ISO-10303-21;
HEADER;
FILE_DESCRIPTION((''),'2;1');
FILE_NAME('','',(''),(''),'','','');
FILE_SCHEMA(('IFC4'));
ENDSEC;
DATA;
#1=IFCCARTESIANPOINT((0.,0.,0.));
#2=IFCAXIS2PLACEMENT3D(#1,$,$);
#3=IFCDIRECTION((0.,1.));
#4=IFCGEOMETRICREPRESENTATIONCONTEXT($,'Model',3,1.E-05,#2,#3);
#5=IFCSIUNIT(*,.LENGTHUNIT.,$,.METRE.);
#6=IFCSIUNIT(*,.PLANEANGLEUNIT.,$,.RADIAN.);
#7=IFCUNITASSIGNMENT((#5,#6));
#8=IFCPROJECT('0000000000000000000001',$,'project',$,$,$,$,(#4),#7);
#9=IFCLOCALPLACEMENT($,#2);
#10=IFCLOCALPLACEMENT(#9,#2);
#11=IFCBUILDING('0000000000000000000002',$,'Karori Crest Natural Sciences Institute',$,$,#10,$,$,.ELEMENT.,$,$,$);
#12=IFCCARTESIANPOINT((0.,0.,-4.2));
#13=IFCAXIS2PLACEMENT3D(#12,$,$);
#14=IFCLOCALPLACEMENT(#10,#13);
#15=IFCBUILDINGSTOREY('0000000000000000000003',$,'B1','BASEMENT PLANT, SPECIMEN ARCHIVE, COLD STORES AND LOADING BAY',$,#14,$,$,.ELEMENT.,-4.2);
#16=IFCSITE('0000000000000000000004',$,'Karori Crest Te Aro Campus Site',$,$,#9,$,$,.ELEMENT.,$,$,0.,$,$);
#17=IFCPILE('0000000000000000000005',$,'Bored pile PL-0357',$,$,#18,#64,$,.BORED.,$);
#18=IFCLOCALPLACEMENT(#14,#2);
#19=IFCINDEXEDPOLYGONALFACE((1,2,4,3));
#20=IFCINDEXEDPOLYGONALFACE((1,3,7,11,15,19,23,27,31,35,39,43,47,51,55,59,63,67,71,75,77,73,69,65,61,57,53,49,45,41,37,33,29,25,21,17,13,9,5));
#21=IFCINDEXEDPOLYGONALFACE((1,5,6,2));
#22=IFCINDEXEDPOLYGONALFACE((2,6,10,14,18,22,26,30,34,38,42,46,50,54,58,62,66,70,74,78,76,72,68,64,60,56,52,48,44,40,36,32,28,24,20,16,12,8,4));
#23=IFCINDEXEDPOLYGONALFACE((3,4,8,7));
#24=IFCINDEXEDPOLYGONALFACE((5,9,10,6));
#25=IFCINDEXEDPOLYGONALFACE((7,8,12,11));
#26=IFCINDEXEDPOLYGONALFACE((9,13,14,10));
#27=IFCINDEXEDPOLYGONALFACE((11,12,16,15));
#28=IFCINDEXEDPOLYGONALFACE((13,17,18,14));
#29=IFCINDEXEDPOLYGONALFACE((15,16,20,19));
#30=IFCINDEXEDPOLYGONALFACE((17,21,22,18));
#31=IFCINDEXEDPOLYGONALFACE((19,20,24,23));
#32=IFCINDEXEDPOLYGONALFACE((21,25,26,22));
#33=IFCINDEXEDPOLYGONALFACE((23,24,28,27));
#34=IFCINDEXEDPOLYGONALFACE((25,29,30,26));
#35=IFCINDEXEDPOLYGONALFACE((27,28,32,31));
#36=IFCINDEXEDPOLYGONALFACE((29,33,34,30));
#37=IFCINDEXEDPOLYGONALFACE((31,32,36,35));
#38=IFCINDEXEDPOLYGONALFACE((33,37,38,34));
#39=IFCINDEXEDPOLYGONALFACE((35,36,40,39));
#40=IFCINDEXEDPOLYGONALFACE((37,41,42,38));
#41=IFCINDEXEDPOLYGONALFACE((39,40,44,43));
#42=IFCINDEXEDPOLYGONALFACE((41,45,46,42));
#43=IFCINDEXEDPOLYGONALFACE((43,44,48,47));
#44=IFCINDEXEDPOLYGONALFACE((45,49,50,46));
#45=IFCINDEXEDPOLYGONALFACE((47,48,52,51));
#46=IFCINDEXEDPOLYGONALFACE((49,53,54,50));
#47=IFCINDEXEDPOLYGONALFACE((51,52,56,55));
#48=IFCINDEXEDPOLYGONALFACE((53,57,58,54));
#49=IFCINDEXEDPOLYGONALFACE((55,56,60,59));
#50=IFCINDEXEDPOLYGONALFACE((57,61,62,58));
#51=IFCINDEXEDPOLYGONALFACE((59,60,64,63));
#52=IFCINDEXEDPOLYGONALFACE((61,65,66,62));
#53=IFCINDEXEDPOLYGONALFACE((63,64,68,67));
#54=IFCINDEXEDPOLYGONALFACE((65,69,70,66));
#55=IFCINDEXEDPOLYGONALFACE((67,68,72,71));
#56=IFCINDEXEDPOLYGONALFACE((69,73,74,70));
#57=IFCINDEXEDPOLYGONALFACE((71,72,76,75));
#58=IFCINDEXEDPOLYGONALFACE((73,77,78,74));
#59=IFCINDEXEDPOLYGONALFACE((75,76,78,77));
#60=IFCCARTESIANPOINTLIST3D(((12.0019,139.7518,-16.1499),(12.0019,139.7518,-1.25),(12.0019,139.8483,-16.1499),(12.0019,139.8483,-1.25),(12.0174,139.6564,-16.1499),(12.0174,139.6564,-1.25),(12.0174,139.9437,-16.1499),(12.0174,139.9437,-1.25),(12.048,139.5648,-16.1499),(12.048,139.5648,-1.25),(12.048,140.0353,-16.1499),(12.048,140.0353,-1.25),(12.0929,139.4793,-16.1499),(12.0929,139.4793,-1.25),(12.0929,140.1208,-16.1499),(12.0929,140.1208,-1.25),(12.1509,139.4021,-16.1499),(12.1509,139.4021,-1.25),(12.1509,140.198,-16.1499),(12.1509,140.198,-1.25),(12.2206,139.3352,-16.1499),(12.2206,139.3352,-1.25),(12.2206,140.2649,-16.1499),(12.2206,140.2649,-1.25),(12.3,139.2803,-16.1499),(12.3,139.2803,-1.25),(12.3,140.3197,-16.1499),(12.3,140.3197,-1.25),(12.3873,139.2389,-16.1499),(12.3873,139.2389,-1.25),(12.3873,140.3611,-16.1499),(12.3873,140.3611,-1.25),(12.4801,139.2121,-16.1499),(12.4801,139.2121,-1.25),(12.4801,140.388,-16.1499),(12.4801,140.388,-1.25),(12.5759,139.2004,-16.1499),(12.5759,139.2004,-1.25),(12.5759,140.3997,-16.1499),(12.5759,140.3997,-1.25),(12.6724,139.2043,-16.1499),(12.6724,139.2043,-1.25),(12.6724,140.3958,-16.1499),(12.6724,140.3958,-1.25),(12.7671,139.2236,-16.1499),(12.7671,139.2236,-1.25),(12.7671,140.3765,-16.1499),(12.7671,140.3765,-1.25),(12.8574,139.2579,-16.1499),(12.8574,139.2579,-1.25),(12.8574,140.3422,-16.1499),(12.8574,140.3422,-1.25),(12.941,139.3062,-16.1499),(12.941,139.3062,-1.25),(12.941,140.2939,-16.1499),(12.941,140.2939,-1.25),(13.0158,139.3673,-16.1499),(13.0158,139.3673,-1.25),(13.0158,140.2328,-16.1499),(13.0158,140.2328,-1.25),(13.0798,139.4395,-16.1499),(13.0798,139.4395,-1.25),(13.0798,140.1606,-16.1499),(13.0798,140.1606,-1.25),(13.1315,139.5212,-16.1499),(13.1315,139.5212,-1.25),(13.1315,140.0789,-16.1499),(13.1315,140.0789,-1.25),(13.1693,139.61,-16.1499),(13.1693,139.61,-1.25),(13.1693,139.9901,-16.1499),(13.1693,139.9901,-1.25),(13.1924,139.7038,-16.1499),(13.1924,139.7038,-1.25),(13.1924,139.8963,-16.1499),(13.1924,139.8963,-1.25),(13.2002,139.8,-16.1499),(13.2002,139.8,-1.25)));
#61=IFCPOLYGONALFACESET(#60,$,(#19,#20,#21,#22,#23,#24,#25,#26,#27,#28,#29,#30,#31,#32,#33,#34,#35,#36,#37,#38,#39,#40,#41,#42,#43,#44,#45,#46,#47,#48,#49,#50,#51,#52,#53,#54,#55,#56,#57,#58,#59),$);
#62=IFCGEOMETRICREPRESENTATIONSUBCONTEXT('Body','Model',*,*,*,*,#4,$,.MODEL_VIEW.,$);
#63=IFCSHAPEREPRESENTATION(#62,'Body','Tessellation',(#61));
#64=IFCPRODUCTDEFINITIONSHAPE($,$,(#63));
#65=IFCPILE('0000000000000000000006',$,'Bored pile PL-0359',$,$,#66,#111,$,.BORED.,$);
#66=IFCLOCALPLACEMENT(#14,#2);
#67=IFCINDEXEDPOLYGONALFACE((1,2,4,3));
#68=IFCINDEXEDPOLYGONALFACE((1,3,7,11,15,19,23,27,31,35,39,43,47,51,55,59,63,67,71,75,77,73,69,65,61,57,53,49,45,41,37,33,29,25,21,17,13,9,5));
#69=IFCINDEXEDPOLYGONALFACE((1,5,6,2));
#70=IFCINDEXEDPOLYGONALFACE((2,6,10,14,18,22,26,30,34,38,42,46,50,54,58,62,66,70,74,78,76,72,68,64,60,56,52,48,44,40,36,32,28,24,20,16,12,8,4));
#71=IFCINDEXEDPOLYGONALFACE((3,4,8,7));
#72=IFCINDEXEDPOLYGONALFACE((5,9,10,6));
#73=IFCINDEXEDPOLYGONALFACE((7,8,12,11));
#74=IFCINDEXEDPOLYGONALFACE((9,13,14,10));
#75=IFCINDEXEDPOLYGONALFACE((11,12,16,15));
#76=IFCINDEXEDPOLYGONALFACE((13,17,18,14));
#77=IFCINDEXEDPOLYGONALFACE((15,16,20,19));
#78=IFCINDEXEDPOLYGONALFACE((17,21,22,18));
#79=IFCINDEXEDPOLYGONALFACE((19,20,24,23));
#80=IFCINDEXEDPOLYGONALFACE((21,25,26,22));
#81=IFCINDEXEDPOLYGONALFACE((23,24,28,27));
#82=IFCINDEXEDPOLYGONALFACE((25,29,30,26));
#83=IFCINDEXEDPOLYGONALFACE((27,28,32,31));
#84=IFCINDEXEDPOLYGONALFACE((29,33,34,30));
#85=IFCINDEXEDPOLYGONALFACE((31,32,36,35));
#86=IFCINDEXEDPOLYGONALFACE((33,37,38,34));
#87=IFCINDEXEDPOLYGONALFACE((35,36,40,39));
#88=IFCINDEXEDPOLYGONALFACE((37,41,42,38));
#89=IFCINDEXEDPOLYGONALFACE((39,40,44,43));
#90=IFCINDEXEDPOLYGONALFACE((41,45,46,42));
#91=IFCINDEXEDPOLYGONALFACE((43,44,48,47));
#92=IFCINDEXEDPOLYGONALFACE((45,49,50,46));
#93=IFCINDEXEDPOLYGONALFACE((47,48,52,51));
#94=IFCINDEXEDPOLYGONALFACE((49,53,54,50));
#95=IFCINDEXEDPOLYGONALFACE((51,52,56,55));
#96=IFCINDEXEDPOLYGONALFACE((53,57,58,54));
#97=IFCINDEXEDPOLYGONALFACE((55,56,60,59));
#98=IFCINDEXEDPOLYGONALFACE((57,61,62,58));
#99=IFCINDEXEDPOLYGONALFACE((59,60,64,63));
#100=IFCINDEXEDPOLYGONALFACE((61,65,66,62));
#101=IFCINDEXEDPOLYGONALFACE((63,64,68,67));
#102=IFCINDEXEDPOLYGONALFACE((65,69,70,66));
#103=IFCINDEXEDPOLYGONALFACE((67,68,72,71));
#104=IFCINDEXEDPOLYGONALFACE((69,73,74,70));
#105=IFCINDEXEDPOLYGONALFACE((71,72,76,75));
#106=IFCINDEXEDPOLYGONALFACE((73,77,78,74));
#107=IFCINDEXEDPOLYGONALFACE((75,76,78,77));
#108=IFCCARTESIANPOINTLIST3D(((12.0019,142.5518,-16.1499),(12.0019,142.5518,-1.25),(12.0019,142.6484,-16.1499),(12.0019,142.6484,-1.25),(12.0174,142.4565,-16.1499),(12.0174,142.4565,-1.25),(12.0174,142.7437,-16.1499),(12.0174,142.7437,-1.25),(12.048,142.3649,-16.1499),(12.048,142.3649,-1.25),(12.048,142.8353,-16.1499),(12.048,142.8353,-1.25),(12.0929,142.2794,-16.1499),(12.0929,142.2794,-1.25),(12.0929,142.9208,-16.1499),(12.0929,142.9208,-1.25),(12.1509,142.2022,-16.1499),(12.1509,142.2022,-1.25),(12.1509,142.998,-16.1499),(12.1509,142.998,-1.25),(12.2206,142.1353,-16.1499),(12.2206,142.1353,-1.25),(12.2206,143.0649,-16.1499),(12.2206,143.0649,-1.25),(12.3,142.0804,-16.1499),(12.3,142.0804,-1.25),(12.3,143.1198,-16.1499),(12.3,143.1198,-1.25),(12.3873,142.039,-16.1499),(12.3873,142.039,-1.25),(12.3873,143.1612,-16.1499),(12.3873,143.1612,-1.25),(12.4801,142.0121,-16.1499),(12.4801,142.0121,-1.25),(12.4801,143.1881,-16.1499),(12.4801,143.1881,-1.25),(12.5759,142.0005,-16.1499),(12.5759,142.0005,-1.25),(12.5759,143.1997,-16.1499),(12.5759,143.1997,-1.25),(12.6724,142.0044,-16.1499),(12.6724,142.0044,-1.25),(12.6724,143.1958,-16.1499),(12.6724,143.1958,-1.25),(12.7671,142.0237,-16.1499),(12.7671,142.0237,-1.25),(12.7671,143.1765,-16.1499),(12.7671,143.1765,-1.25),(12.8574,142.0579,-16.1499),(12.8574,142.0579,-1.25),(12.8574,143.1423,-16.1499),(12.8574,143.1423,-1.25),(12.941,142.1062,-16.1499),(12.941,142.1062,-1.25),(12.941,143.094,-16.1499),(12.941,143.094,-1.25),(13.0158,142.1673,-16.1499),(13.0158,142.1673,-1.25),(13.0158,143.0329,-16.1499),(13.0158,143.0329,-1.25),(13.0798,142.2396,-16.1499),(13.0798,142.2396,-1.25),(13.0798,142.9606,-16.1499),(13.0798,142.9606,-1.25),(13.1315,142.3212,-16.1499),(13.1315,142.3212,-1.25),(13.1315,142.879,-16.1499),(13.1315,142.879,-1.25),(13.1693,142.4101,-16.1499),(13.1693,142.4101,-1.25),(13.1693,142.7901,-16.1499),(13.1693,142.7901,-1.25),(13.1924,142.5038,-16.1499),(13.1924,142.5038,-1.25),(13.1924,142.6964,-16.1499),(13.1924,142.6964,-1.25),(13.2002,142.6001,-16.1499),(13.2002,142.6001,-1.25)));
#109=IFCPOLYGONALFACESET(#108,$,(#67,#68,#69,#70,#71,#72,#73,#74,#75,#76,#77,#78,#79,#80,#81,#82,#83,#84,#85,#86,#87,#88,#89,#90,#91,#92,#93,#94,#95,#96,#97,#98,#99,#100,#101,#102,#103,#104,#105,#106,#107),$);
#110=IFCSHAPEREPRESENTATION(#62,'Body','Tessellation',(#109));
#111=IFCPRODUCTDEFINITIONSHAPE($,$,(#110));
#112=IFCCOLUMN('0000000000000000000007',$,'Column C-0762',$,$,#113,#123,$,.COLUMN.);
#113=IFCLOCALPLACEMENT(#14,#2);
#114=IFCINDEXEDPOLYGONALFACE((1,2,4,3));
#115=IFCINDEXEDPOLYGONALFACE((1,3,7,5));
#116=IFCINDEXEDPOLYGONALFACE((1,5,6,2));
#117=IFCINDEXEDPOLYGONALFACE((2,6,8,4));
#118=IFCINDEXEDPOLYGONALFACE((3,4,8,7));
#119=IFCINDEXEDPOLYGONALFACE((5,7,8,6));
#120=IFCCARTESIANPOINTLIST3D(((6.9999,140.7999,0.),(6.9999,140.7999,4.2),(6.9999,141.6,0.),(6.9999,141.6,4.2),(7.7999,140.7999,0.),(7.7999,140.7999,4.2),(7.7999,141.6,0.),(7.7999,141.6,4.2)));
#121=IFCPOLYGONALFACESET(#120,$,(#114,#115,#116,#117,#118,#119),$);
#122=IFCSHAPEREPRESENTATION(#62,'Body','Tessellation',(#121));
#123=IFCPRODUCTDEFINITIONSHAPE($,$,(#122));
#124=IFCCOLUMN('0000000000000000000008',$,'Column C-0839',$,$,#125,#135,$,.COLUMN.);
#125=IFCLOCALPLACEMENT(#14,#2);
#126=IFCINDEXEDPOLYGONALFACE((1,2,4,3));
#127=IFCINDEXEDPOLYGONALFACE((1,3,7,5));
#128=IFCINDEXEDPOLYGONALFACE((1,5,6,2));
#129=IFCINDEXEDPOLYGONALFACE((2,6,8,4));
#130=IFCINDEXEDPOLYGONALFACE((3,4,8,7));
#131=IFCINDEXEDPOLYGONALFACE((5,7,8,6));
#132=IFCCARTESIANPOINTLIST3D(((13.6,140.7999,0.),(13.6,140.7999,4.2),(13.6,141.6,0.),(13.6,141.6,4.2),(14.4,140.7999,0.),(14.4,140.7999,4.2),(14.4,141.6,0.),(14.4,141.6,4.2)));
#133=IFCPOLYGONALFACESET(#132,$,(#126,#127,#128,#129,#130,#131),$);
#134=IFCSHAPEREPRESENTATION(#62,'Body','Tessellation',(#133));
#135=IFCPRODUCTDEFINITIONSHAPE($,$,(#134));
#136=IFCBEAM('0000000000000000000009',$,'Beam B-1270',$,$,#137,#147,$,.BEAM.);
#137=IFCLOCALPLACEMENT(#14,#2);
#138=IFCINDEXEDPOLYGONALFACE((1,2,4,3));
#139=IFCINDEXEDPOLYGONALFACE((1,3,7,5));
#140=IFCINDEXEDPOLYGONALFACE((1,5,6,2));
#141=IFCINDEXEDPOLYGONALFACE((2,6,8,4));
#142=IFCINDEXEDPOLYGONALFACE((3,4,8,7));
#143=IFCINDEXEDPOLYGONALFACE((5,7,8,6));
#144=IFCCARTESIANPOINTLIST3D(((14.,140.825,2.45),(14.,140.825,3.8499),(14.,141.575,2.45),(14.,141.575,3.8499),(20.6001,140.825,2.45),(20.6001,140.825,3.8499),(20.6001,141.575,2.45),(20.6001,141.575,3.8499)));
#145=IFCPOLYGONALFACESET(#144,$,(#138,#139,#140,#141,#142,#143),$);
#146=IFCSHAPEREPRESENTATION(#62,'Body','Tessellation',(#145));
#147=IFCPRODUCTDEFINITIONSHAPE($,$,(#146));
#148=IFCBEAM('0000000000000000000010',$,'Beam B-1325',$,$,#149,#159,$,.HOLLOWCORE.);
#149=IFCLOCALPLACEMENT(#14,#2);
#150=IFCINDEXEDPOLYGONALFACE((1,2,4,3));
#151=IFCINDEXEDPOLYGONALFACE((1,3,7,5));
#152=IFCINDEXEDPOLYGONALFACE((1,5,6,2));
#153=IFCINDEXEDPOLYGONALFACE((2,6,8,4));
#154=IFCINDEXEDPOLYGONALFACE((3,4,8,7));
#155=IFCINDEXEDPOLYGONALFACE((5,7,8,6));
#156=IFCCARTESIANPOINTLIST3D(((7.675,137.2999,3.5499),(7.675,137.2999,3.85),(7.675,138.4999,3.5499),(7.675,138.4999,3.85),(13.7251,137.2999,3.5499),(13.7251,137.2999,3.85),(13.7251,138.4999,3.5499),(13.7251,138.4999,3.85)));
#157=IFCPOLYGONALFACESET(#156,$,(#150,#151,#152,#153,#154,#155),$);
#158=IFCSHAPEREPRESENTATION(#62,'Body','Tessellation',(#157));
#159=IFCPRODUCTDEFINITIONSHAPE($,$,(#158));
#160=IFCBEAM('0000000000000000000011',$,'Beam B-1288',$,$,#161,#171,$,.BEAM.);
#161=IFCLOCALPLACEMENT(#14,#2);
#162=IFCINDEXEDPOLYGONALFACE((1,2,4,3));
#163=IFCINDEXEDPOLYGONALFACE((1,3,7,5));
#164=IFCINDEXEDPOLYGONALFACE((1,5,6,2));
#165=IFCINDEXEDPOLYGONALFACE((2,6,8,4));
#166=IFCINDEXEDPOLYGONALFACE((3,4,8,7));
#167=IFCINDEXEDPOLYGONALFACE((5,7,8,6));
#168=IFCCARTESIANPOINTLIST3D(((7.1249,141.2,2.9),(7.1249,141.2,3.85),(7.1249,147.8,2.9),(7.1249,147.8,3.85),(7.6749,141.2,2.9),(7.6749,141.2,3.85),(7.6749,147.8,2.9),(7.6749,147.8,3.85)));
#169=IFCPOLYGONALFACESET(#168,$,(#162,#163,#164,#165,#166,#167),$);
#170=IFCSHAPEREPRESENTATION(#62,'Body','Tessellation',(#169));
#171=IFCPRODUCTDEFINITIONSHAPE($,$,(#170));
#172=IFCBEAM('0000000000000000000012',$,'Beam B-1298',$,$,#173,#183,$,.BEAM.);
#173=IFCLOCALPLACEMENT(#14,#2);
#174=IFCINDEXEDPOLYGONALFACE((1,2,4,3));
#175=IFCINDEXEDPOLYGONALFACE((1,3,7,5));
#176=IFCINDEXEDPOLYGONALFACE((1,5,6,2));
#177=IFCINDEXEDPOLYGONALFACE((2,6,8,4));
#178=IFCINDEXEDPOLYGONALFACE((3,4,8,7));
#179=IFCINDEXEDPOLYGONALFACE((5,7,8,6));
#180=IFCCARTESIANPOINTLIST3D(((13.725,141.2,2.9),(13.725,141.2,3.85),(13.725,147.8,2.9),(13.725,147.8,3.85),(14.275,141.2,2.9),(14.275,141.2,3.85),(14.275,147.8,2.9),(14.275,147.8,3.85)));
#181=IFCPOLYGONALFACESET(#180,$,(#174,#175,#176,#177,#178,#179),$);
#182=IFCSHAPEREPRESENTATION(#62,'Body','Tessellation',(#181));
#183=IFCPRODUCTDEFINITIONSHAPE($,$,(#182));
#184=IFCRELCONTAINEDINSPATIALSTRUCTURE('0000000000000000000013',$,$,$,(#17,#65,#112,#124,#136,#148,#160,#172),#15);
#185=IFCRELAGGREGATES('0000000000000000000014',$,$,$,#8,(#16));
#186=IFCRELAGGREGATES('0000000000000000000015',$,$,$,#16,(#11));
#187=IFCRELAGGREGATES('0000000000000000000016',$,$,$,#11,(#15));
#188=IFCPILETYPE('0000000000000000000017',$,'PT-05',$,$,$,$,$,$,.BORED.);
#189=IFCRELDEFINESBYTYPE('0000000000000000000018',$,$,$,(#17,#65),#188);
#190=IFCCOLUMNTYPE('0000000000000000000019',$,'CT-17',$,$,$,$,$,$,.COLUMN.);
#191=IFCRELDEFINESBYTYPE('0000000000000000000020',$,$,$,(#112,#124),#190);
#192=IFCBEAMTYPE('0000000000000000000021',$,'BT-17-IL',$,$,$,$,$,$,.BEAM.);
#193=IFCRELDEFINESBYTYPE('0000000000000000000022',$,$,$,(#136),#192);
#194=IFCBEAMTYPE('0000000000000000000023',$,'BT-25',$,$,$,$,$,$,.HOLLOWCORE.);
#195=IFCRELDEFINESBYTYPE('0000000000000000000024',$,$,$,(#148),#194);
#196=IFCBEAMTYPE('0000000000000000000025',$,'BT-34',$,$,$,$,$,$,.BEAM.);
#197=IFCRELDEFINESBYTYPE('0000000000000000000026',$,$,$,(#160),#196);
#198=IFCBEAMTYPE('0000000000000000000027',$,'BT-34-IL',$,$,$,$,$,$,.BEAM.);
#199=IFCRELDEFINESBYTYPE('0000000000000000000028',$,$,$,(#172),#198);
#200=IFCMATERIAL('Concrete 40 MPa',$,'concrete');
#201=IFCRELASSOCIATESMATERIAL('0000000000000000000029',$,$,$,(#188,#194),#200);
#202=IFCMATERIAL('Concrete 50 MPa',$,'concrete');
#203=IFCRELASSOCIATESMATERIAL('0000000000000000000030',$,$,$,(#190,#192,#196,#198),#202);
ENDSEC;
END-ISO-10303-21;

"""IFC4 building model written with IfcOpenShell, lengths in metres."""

from ifc_helpers import new_model, si_unit, direction, frame, origin, origin_2d, place, context, subcontext, project, spatial, rectangle, circle, extrude, material, material_profile, profile_set, type_object, element, save


model = new_model("IFC4")

# Units and contexts
model_context = context("Model", 3, precision=1e-05, world=origin(), true_north=direction((0.0, 1.0)))
body_context = subcontext(model_context, "Body", "Model", "MODEL_VIEW")
ifc_project = project(units=[si_unit("LENGTHUNIT", "METRE"), si_unit("PLANEANGLEUNIT", "RADIAN")], contexts=[model_context])

# Site, building, storey
site_placement = place(None, origin())
site = spatial("IfcSite", under=ifc_project, at=site_placement, Name="Karori Crest Te Aro Campus Site", CompositionType="ELEMENT", RefElevation=0.0)
building_placement = place(site_placement, origin())
building = spatial("IfcBuilding", under=site, at=building_placement, Name="Karori Crest Natural Sciences Institute", CompositionType="ELEMENT")
storey_placement = place(building_placement, frame((0.0, 0.0, -4.2)))
storey = spatial("IfcBuildingStorey", under=building, at=storey_placement, Name="B1", Description="BASEMENT PLANT, SPECIMEN ARCHIVE, COLD STORES AND LOADING BAY", CompositionType="ELEMENT", Elevation=-4.2)

# Shared definitions
ifc_material_1 = material(Name="Concrete 40 MPa", Category="concrete")

# Piles
ifc_material_profile_1 = material_profile(ifc_material_1, circle(Radius=0.6001, at=origin_2d()), Name="PILE1200")
ifc_profile_set_1 = profile_set([ifc_material_profile_1], Name="Concrete 40 MPa")
pile_type = type_object("IfcPileType", Name="PT-05", PredefinedType="BORED", material=ifc_profile_set_1)
for number, where, z_axis, x_axis, name in (
    (1, (12.6001, 139.8, -1.25), (0.0, 0.0, -1.0), (1.0, 0.0, 0.0), "Bored pile PL-0357"),
    (2, (12.6001, 142.6001, -1.25), (0.0, 0.0, -1.0), (1.0, 0.0, 0.0), "Bored pile PL-0359"),
):
    element("IfcPile", number, at=place(storey_placement, frame(where, z_axis=z_axis, x_axis=x_axis)), inside=storey, type_object=pile_type, Name=name, PredefinedType="BORED", context=body_context, shape_type="SweptSolid", body=[
        extrude(circle(Radius=0.6001, at=origin_2d()), origin(), (0.0, 0.0, 1.0), 14.8999),
    ])

# Columns
ifc_material_2 = material(Name="Concrete 50 MPa", Category="concrete")
ifc_material_profile_2 = material_profile(ifc_material_2, rectangle(XDim=0.8, YDim=0.8, at=origin_2d()), Name="RC800x800")
ifc_profile_set_2 = profile_set([ifc_material_profile_2], Name="Concrete 50 MPa")
column_type = type_object("IfcColumnType", Name="CT-17", PredefinedType="COLUMN", material=ifc_profile_set_2)
for number, where, z_axis, x_axis, name in (
    (3, (7.3999, 141.2, 0.0), (0.0, 0.0, 1.0), (1.0, 0.0, 0.0), "Column C-0762"),
    (4, (14.0, 141.2, 0.0), (0.0, 0.0, 1.0), (1.0, 0.0, 0.0), "Column C-0839"),
):
    element("IfcColumn", number, at=place(storey_placement, frame(where, z_axis=z_axis, x_axis=x_axis)), inside=storey, type_object=column_type, Name=name, PredefinedType="COLUMN", context=body_context, shape_type="SweptSolid", body=[
        extrude(rectangle(XDim=0.8, YDim=0.8, at=origin_2d()), origin(), (0.0, 0.0, 1.0), 4.2),
    ])

# Beams
ifc_material_profile_3 = material_profile(ifc_material_2, rectangle(XDim=0.75, YDim=1.3999, at=origin_2d()), Name="RCB750x1400")
ifc_profile_set_3 = profile_set([ifc_material_profile_3], Name="Concrete 50 MPa")
beam_type_1 = type_object("IfcBeamType", Name="BT-17-IL", PredefinedType="BEAM", material=ifc_profile_set_3)
beam_1_placement = place(storey_placement, frame((14.0, 141.2, 3.1499), z_axis=(1.0, 0.0, 0.0), x_axis=(0.0, 1.0, 0.0)))
element("IfcBeam", 5, at=beam_1_placement, inside=storey, type_object=beam_type_1, Name="Beam B-1270", PredefinedType="BEAM", context=body_context, shape_type="SweptSolid", body=[
    extrude(rectangle(XDim=0.75, YDim=1.3999, at=origin_2d()), origin(), (0.0, 0.0, 1.0), 6.6001),
])
ifc_material_profile_4 = material_profile(ifc_material_1, rectangle(XDim=1.2, YDim=0.3, at=origin_2d()), Name="HCP1200x300")
ifc_profile_set_4 = profile_set([ifc_material_profile_4], Name="Concrete 40 MPa")
beam_type_2 = type_object("IfcBeamType", Name="BT-25", PredefinedType="HOLLOWCORE", material=ifc_profile_set_4)
beam_2_placement = place(storey_placement, frame((7.675, 137.8999, 3.7), z_axis=(1.0, 0.0, 0.0), x_axis=(0.0, 1.0, 0.0)))
element("IfcBeam", 6, at=beam_2_placement, inside=storey, type_object=beam_type_2, Name="Beam B-1325", PredefinedType="HOLLOWCORE", context=body_context, shape_type="SweptSolid", body=[
    extrude(rectangle(XDim=1.2, YDim=0.3, at=origin_2d()), origin(), (0.0, 0.0, 1.0), 6.05),
])
ifc_material_profile_5 = material_profile(ifc_material_2, rectangle(XDim=0.55, YDim=0.95, at=origin_2d()), Name="RCB550x950")
ifc_profile_set_5 = profile_set([ifc_material_profile_5], Name="Concrete 50 MPa")
beam_type_3 = type_object("IfcBeamType", Name="BT-34", PredefinedType="BEAM", material=ifc_profile_set_5)
beam_3_placement = place(storey_placement, frame((7.3999, 141.2, 3.375), z_axis=(0.0, 1.0, 0.0), x_axis=(-1.0, 0.0, 0.0)))
element("IfcBeam", 7, at=beam_3_placement, inside=storey, type_object=beam_type_3, Name="Beam B-1288", PredefinedType="BEAM", context=body_context, shape_type="SweptSolid", body=[
    extrude(rectangle(XDim=0.55, YDim=0.95, at=origin_2d()), origin(), (0.0, 0.0, 1.0), 6.6001),
])
ifc_material_profile_6 = material_profile(ifc_material_2, rectangle(XDim=0.55, YDim=0.95, at=origin_2d()), Name="RCB550x950")
ifc_profile_set_6 = profile_set([ifc_material_profile_6], Name="Concrete 50 MPa")
beam_type_4 = type_object("IfcBeamType", Name="BT-34-IL", PredefinedType="BEAM", material=ifc_profile_set_6)
beam_4_placement = place(storey_placement, frame((14.0, 141.2, 3.375), z_axis=(0.0, 1.0, 0.0), x_axis=(-1.0, 0.0, 0.0)))
element("IfcBeam", 8, at=beam_4_placement, inside=storey, type_object=beam_type_4, Name="Beam B-1298", PredefinedType="BEAM", context=body_context, shape_type="SweptSolid", body=[
    extrude(rectangle(XDim=0.55, YDim=0.95, at=origin_2d()), origin(), (0.0, 0.0, 1.0), 6.6001),
])

save(model, "model.ifc")
